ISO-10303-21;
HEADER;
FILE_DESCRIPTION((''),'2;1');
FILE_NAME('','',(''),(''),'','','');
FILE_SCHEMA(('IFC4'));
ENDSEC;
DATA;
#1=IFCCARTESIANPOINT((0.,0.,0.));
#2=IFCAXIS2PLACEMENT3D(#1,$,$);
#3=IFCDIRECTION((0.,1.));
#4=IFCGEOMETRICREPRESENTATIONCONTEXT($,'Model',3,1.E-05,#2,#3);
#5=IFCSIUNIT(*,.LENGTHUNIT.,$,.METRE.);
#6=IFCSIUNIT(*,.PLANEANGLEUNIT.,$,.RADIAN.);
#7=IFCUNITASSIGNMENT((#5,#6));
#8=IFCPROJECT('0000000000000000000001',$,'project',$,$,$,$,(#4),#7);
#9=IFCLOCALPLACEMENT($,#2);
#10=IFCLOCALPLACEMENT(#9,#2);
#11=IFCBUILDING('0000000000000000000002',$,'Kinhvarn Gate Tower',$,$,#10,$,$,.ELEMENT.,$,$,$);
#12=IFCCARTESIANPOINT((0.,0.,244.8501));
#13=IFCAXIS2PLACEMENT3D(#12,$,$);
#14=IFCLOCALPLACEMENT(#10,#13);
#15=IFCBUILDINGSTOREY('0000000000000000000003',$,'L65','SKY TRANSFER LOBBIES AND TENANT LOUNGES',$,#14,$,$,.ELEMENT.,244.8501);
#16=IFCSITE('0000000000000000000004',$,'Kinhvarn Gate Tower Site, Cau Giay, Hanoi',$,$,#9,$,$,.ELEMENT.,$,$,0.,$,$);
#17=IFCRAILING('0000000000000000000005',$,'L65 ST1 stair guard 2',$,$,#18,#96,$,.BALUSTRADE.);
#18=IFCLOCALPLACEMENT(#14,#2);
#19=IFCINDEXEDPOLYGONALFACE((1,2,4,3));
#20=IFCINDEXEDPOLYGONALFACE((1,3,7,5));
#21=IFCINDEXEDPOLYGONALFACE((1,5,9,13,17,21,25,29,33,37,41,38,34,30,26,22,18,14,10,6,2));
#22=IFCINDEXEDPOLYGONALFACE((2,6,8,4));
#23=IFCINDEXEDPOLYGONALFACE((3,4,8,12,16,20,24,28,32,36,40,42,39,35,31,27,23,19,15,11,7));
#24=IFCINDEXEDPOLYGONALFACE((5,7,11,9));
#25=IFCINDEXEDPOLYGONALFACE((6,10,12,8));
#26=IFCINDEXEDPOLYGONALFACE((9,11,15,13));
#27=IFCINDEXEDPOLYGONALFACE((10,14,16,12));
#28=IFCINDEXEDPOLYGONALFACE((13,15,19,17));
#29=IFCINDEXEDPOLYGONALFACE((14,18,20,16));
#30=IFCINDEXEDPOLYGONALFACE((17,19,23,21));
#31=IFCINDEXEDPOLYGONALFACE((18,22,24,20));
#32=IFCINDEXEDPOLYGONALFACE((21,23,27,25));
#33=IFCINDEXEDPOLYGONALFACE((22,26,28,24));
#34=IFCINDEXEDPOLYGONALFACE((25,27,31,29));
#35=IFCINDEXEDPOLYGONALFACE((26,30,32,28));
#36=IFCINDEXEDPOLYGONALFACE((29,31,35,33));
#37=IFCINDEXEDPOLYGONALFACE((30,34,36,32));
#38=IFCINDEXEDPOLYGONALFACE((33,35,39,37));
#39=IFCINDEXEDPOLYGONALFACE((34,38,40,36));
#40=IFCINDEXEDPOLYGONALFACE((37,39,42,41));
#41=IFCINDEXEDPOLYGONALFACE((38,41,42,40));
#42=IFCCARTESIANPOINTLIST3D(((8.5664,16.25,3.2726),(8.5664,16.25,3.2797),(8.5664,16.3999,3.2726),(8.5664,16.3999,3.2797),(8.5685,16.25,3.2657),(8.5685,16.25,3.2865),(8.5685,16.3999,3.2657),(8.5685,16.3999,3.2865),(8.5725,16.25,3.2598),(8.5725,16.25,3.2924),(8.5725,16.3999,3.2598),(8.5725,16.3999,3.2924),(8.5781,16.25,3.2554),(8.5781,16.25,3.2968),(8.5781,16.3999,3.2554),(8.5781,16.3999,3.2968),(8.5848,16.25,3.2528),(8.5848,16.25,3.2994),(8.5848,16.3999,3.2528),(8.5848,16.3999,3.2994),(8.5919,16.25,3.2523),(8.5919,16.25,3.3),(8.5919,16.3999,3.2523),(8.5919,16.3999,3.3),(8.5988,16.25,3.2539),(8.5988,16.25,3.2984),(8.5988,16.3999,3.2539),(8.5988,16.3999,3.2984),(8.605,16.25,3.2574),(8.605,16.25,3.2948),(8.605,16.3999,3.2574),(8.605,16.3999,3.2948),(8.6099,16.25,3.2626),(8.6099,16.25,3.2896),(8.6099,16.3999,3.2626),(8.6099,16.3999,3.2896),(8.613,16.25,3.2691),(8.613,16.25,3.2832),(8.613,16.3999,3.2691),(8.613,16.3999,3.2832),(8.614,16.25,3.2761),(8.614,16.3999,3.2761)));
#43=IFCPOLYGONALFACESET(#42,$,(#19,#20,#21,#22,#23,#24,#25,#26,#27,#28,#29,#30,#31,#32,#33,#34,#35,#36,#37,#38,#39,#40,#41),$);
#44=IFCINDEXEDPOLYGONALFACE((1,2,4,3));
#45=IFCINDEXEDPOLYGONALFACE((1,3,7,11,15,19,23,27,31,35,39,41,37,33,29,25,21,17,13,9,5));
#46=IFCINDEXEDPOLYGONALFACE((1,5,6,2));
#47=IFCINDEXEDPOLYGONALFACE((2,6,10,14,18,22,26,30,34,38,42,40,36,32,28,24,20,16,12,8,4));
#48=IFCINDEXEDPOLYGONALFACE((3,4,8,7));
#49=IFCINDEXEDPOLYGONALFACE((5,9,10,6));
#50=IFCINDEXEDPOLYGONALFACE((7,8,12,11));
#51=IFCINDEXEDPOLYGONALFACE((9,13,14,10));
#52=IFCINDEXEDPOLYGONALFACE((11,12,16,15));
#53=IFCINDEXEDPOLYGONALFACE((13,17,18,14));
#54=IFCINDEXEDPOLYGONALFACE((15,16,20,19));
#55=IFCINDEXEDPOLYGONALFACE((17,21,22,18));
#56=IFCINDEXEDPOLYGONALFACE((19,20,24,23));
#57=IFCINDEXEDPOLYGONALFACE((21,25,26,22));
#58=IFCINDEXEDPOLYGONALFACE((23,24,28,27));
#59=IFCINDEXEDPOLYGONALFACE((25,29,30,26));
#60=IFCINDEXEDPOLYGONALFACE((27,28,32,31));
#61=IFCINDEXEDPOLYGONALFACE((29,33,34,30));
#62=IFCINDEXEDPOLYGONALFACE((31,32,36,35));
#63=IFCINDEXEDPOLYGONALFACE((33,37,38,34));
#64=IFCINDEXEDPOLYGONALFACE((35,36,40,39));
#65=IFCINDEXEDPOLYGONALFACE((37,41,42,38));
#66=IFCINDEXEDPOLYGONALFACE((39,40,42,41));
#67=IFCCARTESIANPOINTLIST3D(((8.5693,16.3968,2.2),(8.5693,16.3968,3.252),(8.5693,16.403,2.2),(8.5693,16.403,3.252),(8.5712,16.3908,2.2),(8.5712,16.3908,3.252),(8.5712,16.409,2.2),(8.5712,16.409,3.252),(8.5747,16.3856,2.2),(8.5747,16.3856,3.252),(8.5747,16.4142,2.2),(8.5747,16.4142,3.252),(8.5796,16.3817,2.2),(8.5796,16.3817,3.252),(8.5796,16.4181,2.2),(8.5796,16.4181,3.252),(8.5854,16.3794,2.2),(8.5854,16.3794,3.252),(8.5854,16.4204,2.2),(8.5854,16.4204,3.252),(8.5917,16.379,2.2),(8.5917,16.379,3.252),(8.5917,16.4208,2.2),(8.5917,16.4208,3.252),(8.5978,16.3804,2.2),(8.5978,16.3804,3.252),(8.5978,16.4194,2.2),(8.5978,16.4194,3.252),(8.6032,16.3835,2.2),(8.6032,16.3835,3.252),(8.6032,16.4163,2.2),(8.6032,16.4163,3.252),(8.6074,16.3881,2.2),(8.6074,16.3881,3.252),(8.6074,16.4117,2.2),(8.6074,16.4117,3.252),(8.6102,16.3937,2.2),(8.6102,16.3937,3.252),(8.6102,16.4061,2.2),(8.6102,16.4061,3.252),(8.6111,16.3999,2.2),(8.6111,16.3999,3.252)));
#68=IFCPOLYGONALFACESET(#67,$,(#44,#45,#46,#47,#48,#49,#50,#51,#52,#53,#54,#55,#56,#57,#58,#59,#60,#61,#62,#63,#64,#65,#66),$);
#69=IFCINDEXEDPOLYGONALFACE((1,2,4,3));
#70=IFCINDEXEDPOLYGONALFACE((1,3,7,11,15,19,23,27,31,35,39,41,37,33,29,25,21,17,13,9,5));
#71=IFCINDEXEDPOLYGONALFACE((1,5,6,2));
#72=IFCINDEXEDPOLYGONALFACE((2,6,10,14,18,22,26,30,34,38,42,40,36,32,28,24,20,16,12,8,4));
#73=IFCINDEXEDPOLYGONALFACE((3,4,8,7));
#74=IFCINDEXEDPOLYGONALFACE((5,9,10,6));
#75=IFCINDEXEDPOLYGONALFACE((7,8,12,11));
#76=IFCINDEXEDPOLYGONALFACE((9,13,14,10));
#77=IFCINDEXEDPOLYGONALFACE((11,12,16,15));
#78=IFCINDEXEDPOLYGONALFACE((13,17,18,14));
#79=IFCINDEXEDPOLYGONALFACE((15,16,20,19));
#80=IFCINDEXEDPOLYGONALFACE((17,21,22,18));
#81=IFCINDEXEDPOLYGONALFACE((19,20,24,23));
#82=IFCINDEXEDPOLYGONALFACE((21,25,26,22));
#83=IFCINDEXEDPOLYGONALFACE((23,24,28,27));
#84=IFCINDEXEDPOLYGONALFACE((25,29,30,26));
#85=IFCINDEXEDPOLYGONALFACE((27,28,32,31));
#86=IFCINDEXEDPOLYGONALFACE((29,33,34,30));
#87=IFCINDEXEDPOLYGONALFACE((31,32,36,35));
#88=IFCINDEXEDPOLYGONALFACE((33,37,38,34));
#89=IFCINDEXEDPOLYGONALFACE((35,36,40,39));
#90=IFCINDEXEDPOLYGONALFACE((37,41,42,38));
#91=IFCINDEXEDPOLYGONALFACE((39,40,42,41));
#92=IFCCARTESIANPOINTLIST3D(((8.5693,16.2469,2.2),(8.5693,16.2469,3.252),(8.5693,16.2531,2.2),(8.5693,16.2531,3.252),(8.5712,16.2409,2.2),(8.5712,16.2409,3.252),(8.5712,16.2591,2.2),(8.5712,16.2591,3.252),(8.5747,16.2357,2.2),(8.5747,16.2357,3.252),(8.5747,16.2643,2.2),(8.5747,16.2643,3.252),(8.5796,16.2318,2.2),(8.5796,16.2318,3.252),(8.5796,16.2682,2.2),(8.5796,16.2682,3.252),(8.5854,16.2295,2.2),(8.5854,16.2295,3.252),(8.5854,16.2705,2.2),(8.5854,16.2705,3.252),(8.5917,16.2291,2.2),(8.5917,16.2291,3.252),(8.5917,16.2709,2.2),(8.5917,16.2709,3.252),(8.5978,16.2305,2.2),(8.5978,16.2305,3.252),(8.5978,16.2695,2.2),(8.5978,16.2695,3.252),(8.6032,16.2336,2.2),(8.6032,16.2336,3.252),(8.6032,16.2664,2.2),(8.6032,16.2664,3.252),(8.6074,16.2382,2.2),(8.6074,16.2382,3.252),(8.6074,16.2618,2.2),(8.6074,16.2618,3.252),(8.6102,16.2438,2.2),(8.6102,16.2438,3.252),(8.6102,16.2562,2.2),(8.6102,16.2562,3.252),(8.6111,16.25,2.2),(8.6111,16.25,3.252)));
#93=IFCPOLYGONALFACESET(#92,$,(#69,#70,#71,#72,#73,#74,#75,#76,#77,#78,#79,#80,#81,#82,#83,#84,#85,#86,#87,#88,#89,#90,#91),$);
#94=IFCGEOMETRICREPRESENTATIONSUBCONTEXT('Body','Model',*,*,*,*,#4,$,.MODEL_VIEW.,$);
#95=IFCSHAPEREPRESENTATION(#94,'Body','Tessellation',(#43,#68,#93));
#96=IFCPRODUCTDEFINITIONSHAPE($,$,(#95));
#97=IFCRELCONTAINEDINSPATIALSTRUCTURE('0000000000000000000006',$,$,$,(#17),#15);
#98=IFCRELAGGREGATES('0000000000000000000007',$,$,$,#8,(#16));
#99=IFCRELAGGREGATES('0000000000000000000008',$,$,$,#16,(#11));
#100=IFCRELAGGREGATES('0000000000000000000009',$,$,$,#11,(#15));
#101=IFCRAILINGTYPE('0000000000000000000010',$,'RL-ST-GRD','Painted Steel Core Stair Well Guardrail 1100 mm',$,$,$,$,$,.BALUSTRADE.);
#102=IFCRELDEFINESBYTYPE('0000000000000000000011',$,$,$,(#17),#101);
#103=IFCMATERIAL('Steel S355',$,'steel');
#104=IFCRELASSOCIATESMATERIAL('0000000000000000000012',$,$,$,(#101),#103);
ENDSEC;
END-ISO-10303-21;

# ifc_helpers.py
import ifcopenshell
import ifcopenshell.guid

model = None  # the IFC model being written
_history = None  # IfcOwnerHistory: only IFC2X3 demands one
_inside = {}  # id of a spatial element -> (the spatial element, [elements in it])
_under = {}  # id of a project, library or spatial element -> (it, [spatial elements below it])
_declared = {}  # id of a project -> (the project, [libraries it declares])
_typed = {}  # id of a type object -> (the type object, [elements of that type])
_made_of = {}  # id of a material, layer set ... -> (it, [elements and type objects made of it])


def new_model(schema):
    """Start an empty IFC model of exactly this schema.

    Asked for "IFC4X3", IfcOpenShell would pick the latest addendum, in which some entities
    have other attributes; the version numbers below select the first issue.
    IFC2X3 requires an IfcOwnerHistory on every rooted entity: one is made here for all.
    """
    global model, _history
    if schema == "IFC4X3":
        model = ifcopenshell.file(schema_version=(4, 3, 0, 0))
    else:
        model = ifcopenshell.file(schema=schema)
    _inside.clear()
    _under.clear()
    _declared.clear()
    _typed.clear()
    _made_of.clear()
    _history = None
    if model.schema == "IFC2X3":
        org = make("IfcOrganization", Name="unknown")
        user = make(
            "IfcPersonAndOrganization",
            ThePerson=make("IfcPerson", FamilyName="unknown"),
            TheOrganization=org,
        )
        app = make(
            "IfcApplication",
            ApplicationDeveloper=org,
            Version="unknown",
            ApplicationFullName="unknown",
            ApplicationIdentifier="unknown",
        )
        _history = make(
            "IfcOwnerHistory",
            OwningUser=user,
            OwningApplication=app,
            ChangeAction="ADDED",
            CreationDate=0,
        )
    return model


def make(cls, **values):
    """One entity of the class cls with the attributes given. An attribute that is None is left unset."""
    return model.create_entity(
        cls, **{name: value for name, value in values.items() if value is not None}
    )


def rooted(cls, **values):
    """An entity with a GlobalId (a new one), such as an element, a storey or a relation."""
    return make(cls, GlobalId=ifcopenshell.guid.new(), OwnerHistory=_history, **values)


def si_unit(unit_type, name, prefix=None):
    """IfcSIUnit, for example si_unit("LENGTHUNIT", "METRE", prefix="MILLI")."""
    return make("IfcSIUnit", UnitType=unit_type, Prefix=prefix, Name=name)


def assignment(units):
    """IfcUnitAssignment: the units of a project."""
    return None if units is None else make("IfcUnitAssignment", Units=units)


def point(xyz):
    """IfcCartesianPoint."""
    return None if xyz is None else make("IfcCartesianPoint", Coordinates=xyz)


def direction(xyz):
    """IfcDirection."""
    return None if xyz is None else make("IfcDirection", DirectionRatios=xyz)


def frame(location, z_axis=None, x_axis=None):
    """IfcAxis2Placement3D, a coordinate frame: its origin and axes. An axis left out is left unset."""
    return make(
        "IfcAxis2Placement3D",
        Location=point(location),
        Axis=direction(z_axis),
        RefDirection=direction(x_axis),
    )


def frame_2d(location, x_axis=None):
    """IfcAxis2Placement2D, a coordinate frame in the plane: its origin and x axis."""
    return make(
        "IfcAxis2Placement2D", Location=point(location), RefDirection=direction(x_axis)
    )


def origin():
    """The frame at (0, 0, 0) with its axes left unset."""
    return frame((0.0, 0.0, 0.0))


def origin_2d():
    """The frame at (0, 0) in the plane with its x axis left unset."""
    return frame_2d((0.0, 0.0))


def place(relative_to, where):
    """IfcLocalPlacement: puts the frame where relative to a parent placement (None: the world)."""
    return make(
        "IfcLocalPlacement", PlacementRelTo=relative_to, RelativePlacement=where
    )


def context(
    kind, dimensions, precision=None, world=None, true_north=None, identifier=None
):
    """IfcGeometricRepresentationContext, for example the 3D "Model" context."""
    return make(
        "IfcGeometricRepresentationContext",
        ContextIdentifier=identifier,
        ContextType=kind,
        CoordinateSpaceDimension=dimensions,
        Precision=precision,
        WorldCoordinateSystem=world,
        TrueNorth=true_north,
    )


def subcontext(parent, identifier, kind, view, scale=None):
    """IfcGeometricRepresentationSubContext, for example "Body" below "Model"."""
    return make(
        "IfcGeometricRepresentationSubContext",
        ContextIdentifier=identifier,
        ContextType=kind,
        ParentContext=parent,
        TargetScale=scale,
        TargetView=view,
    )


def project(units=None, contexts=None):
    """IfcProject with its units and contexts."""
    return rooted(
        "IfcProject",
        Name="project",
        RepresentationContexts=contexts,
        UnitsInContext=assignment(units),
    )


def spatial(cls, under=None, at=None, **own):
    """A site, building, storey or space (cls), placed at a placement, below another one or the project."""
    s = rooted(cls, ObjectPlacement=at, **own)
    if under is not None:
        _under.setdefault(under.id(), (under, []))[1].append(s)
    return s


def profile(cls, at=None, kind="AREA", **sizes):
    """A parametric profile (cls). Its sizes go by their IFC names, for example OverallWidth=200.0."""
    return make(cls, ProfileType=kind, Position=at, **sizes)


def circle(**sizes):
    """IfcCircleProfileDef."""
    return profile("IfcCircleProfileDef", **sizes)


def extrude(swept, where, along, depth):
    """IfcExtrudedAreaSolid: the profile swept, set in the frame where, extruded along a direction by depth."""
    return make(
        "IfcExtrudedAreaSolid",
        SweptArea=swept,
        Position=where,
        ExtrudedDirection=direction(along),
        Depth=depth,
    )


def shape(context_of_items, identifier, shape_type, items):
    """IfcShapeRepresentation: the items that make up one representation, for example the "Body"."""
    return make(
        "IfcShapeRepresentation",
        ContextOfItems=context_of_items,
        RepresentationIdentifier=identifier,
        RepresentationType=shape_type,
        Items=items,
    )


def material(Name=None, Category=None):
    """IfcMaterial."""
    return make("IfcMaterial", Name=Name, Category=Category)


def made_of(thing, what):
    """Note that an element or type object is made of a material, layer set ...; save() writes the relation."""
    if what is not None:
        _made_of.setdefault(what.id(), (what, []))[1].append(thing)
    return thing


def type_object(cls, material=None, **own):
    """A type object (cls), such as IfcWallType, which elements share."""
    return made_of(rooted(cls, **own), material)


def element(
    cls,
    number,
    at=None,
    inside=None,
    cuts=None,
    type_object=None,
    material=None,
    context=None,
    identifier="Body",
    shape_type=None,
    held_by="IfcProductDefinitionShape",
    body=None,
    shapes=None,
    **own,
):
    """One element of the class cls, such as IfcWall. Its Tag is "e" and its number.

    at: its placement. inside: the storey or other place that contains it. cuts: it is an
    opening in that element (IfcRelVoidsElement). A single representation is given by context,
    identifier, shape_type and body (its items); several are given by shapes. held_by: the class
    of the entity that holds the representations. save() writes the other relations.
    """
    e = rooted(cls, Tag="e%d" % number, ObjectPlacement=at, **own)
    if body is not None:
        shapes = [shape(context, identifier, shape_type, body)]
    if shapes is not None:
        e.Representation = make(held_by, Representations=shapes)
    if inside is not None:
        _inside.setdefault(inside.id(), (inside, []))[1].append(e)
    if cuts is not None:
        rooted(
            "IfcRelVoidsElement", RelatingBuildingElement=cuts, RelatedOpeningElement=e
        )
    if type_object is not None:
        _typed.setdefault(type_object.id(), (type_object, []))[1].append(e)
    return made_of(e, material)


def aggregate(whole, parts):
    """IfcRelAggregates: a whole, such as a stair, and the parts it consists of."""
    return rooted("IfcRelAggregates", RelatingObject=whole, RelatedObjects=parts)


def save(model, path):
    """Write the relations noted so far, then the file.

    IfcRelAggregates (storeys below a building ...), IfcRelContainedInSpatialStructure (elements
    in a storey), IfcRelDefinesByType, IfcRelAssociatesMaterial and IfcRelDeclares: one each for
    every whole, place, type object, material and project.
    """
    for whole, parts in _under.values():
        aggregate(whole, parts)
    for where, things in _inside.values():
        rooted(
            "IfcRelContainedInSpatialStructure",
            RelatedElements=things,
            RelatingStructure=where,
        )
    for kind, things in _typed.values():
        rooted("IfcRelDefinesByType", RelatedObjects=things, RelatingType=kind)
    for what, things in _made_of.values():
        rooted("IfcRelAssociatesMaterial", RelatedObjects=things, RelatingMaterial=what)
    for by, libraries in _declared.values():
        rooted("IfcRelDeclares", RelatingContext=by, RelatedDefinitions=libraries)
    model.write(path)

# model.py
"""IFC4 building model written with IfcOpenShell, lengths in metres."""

from ifc_helpers import new_model, si_unit, direction, frame, origin, origin_2d, place, context, subcontext, project, spatial, circle, extrude, material, type_object, element, save


model = new_model("IFC4")

# Units and contexts
model_context = context("Model", 3, precision=1e-05, world=origin(), true_north=direction((0.0, 1.0)))
body_context = subcontext(model_context, "Body", "Model", "MODEL_VIEW")
ifc_project = project(units=[si_unit("LENGTHUNIT", "METRE"), si_unit("PLANEANGLEUNIT", "RADIAN")], contexts=[model_context])

# Site, building, storey
site_placement = place(None, origin())
site = spatial("IfcSite", under=ifc_project, at=site_placement, Name="Kinhvarn Gate Tower Site, Cau Giay, Hanoi", CompositionType="ELEMENT", RefElevation=0.0)
building_placement = place(site_placement, origin())
building = spatial("IfcBuilding", under=site, at=building_placement, Name="Kinhvarn Gate Tower", CompositionType="ELEMENT")
storey_placement = place(building_placement, frame((0.0, 0.0, 244.8501)))
storey = spatial("IfcBuildingStorey", under=building, at=storey_placement, Name="L65", Description="SKY TRANSFER LOBBIES AND TENANT LOUNGES", CompositionType="ELEMENT", Elevation=244.8501)

# Shared definitions
ifc_material_1 = material(Name="Steel S355", Category="steel")

# Railing
railing_type_1 = type_object("IfcRailingType", Name="RL-ST-GRD", Description="Painted Steel Core Stair Well Guardrail 1100 mm", PredefinedType="BALUSTRADE", material=ifc_material_1)
railing_1_placement = place(storey_placement, frame((8.5901, 16.3999, 2.2)))
element("IfcRailing", 1, at=railing_1_placement, inside=storey, type_object=railing_type_1, Name="L65 ST1 stair guard 2", PredefinedType="BALUSTRADE", context=body_context, shape_type="SweptSolid", body=[
    extrude(circle(Radius=0.0239, at=origin_2d()), frame((0.0, 0.0, 1.0762), z_axis=(0.0, -1.0, 0.0), x_axis=(1.0, 0.0, 0.0)), (0.0, 0.0, 1.0), 0.1499),
    extrude(circle(Radius=0.021, at=origin_2d()), origin(), (0.0, 0.0, 1.0), 1.052),
    extrude(circle(Radius=0.021, at=origin_2d()), frame((0.0, -0.1499, 0.0)), (0.0, 0.0, 1.0), 1.052),
])

save(model, "model.ifc")
